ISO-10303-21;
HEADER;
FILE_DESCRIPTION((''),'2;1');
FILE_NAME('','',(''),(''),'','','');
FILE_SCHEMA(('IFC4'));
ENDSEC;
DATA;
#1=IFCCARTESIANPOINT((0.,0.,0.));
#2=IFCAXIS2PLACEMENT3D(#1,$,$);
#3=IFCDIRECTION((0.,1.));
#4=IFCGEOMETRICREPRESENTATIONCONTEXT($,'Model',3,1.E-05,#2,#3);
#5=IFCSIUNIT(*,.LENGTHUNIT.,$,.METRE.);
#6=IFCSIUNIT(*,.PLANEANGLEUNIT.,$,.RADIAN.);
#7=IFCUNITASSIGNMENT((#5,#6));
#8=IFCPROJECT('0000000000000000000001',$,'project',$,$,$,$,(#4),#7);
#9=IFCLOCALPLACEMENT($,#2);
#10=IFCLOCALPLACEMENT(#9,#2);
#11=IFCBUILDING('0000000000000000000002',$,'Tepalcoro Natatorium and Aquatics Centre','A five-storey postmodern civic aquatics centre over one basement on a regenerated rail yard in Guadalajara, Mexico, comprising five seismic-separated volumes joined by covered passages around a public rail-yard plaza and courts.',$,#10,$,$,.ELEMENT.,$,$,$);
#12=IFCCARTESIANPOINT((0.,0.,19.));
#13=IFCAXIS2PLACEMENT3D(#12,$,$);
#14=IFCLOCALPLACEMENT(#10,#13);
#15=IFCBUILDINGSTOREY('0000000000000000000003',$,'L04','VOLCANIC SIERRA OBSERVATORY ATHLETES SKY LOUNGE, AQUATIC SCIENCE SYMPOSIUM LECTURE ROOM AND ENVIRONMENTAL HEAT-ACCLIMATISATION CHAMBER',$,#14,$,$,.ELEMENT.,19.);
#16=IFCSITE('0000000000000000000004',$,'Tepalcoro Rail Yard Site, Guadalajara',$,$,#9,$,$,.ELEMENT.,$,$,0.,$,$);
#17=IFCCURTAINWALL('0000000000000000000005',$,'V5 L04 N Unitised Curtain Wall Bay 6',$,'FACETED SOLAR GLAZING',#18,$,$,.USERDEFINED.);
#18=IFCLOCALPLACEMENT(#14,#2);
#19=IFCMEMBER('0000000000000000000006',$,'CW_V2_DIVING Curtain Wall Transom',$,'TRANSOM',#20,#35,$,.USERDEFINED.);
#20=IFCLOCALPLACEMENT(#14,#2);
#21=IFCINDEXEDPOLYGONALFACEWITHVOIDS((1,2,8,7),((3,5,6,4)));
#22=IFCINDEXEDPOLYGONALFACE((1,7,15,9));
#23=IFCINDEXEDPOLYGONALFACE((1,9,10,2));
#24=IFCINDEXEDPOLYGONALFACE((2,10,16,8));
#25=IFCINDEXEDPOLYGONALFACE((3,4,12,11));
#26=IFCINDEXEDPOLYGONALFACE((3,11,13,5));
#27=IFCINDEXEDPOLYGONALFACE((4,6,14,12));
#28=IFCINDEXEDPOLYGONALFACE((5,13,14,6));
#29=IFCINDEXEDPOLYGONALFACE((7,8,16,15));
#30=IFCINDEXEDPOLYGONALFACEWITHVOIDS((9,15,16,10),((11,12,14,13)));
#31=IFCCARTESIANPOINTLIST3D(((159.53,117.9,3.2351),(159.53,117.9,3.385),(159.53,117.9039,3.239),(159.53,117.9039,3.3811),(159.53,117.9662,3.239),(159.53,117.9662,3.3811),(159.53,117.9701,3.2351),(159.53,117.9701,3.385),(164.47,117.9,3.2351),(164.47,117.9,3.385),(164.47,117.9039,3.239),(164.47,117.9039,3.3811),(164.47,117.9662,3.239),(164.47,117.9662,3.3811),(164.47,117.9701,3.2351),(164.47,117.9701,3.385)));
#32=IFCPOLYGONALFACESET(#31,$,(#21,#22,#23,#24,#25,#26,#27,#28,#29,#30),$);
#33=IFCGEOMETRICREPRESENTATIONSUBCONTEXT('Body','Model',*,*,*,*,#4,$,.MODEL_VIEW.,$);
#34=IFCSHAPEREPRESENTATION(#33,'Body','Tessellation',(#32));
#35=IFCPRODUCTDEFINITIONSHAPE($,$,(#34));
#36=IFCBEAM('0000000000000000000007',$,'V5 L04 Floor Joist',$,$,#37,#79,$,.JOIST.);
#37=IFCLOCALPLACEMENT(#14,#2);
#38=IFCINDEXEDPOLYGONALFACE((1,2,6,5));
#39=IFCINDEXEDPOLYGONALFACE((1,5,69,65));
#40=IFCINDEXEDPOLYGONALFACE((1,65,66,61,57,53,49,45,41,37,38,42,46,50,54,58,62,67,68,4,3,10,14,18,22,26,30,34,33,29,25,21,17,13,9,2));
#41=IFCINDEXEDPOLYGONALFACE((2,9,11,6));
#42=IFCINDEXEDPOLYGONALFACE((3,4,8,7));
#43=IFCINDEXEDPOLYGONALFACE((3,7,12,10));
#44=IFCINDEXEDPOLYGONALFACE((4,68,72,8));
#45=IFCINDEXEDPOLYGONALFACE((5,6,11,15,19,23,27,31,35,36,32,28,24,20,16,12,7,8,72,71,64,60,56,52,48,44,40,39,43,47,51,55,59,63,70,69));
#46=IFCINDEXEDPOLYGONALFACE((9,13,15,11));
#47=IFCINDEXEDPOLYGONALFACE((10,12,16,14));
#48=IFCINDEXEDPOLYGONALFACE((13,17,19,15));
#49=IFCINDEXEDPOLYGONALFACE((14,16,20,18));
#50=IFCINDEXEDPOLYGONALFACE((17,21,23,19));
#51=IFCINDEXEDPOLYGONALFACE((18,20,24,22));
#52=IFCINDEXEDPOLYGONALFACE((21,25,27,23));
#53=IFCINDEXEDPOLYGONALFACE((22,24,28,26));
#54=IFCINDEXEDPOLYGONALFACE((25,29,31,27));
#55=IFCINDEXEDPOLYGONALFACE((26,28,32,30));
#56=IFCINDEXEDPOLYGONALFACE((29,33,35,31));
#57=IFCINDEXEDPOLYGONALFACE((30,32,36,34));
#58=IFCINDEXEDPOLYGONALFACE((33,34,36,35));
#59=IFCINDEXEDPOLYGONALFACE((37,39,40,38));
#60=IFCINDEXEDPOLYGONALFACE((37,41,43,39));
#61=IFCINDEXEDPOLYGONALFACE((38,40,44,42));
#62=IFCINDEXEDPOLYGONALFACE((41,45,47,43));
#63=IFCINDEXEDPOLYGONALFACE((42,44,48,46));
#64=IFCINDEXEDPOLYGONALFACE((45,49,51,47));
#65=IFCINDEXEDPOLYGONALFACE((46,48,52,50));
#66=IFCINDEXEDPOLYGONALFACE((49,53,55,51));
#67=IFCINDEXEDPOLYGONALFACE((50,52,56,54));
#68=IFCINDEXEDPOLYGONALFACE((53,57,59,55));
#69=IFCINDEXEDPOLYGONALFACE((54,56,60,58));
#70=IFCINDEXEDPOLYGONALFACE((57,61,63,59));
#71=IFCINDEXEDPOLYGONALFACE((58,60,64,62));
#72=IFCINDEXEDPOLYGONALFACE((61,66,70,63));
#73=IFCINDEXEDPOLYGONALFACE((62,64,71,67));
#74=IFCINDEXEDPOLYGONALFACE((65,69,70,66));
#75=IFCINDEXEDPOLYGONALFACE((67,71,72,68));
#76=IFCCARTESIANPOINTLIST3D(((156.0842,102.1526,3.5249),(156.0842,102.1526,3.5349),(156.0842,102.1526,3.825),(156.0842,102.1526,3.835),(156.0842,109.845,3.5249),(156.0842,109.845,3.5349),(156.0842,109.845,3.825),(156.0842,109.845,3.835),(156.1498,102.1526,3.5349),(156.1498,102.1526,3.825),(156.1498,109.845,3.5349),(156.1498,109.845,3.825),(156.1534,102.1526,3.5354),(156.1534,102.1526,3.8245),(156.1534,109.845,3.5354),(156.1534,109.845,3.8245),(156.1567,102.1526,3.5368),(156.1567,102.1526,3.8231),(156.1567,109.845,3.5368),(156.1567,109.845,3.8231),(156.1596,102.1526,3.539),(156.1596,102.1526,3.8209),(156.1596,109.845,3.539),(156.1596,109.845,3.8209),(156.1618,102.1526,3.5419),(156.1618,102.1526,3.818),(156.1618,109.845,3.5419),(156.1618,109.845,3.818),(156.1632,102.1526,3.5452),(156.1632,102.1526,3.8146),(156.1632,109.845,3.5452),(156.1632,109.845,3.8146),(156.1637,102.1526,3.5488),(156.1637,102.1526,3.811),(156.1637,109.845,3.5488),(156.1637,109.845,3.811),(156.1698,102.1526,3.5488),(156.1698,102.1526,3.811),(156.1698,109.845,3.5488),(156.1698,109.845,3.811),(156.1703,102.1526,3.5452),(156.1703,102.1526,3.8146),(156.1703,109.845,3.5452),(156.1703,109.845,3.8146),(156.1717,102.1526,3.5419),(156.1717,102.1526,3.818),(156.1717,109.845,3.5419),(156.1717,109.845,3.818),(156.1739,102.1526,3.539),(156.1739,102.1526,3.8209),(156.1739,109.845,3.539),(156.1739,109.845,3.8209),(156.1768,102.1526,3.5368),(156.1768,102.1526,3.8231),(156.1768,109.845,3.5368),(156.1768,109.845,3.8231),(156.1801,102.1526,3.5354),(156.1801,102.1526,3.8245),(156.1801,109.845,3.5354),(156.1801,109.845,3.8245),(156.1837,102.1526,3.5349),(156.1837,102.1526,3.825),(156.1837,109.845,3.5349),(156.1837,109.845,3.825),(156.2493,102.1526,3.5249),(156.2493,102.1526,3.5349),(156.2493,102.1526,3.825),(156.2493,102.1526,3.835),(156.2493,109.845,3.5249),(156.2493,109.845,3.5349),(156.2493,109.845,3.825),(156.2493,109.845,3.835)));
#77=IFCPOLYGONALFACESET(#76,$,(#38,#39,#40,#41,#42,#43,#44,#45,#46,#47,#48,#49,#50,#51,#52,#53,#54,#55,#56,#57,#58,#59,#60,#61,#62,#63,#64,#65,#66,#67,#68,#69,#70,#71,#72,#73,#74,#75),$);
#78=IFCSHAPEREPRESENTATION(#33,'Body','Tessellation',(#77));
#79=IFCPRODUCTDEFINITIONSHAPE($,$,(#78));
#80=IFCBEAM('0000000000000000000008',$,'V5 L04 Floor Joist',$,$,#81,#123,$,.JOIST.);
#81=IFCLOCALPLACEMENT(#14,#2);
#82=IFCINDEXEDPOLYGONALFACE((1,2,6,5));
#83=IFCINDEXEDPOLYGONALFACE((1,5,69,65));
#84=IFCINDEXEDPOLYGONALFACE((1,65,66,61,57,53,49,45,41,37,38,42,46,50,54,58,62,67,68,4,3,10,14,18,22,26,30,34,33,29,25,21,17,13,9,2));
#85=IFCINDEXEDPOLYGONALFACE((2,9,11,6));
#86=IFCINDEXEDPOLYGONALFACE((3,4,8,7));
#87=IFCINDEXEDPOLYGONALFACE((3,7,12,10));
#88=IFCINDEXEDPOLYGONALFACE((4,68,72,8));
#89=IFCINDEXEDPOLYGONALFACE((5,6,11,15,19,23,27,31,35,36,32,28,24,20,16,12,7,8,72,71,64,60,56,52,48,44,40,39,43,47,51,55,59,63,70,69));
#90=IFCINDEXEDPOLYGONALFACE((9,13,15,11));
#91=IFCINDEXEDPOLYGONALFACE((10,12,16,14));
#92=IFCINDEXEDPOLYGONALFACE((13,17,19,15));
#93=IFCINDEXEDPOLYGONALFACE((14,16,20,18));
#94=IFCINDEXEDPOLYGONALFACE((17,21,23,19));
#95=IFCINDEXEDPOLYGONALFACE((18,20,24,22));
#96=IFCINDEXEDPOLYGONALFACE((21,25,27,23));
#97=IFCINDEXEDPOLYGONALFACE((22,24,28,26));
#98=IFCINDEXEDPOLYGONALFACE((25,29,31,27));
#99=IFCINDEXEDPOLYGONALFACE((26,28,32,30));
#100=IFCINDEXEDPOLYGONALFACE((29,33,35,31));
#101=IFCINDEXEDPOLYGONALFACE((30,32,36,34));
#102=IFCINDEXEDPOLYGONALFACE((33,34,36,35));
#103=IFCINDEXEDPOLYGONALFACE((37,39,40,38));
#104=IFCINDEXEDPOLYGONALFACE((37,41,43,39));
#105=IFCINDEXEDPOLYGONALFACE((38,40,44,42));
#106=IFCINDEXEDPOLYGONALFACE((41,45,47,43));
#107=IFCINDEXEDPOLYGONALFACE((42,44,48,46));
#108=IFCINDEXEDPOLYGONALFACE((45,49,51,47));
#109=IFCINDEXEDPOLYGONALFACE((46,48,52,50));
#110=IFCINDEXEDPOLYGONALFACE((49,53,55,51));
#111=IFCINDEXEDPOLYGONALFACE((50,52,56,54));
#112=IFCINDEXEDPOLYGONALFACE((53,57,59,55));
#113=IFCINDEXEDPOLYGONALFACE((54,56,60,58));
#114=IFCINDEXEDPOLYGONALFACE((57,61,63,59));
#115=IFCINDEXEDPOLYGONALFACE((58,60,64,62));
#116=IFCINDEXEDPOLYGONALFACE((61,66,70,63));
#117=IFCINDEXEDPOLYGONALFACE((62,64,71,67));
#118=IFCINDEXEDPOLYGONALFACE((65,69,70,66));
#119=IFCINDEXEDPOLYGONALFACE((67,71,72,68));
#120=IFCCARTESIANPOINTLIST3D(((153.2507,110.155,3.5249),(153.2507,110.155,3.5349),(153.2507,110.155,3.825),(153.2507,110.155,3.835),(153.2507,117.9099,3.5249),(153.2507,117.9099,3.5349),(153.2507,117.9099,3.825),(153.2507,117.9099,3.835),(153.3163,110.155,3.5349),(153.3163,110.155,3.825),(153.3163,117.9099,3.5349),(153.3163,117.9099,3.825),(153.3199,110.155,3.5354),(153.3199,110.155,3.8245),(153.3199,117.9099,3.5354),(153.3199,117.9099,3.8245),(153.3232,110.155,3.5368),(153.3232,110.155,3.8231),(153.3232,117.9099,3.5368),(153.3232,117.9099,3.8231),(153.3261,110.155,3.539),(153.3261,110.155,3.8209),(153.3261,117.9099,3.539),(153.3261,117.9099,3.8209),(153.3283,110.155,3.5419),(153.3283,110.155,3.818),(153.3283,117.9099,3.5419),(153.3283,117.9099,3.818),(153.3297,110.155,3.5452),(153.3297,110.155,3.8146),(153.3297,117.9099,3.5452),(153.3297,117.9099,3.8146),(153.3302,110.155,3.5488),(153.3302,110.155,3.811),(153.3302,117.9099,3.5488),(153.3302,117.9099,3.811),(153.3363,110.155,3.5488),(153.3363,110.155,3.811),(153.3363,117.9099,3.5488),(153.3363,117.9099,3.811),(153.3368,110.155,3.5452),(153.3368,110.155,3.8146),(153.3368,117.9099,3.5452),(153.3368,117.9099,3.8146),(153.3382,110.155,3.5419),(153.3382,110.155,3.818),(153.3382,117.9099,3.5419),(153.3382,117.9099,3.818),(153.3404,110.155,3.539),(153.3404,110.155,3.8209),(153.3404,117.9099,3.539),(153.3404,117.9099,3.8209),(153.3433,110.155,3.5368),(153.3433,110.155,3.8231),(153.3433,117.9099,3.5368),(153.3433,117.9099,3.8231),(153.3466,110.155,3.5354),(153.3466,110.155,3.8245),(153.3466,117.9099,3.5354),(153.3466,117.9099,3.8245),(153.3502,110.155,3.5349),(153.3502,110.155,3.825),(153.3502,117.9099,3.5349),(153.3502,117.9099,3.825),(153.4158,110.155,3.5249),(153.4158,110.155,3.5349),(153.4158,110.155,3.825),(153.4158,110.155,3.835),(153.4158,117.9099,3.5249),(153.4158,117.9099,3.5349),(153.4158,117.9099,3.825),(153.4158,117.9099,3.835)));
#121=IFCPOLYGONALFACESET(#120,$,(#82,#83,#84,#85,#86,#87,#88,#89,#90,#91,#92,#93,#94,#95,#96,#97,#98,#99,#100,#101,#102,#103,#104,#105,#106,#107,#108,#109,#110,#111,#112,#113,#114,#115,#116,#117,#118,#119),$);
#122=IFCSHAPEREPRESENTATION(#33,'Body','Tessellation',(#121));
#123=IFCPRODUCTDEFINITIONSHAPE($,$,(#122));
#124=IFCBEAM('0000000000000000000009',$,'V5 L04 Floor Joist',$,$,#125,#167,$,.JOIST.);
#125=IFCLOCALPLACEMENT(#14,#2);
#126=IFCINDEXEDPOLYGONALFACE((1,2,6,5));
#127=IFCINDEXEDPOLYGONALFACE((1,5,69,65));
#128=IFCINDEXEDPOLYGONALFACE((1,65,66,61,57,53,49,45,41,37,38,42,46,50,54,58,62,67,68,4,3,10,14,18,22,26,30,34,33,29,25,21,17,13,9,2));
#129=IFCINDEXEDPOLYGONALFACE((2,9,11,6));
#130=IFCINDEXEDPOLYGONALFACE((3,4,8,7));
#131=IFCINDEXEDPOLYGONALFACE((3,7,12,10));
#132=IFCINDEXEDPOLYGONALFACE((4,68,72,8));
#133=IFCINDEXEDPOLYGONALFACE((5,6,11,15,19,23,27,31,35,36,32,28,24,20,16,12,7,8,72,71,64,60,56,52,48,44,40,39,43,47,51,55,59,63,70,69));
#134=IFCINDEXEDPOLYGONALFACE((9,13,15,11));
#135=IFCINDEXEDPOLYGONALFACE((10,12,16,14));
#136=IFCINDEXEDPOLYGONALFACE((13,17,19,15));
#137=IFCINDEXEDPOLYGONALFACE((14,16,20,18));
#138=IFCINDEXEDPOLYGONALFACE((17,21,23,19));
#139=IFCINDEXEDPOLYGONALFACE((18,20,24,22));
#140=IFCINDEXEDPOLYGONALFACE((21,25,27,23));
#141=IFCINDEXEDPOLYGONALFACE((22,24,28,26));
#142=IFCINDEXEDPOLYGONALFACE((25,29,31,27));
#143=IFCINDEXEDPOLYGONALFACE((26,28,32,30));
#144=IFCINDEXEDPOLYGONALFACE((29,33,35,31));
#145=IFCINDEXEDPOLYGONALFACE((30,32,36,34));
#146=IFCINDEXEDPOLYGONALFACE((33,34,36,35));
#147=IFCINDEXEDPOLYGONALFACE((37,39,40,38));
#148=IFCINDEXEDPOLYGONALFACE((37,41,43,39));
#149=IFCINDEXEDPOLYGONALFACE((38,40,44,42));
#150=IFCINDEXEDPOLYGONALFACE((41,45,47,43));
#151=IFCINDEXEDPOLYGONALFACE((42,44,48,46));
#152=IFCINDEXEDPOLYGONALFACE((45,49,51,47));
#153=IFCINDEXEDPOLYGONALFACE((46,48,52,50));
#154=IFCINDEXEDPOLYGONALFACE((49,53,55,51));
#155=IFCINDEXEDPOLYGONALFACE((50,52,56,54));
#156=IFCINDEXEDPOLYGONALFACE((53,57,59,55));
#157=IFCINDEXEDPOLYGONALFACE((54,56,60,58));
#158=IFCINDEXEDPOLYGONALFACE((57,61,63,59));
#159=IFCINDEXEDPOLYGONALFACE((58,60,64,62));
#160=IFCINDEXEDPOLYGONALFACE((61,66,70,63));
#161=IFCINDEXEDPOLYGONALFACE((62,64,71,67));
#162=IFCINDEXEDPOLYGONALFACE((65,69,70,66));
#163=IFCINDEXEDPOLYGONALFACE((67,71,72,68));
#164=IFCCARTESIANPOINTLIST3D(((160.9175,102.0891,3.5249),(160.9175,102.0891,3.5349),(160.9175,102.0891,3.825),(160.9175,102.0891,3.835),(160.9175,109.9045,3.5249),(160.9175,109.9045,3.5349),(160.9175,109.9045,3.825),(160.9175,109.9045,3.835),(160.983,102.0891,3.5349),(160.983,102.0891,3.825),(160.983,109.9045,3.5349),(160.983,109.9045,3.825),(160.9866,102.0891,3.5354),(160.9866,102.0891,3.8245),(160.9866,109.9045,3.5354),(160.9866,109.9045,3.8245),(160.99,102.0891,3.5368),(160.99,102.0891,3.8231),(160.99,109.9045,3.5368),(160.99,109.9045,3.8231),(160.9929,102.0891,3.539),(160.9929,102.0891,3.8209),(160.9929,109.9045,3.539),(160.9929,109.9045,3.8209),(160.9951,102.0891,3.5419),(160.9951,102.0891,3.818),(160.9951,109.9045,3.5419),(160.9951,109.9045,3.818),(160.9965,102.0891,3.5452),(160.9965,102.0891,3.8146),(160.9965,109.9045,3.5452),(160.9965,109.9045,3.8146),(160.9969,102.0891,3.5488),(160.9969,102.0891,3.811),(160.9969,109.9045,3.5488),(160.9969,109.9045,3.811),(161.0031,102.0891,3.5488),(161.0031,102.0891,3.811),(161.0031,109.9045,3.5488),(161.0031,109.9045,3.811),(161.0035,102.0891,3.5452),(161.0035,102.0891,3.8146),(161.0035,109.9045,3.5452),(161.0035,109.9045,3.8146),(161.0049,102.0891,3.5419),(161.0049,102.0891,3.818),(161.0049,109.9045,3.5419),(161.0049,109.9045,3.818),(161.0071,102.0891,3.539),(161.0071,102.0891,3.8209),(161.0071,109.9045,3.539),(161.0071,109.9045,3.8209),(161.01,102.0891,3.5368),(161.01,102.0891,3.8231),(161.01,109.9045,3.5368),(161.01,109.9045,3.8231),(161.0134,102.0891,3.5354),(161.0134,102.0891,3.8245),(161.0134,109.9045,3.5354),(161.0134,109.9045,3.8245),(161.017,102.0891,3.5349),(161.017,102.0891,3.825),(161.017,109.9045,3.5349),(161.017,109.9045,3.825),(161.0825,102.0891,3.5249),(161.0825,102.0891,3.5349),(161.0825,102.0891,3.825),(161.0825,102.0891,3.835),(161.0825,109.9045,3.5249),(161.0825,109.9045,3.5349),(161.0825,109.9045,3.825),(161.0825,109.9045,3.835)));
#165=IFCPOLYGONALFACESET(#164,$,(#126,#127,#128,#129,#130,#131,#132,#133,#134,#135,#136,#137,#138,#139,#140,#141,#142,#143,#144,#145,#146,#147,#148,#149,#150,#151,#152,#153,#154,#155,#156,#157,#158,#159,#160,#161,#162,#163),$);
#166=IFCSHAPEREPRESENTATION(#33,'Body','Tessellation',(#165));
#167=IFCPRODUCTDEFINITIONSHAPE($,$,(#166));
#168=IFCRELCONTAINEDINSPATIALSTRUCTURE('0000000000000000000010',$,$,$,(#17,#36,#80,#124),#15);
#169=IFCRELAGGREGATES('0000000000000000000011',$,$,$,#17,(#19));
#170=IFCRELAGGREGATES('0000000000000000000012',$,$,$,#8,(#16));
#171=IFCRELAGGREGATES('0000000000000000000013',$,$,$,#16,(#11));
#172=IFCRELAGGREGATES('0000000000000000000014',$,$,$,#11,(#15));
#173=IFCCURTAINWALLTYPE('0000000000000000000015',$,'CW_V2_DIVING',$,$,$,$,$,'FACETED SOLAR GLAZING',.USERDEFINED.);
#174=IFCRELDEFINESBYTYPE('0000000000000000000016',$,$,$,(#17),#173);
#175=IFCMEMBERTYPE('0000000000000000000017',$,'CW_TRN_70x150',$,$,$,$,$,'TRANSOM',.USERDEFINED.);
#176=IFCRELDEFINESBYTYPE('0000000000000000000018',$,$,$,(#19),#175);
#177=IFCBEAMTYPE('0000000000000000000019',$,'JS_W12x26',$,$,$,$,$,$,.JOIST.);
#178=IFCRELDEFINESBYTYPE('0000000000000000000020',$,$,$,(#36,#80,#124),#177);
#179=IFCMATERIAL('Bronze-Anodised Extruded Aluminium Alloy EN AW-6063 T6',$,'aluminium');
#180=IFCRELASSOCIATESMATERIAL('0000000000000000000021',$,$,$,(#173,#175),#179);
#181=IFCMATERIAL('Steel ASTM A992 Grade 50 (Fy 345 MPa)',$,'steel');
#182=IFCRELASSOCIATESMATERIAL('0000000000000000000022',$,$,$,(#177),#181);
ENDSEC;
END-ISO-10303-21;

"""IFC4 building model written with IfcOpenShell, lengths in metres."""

from ifc_helpers import new_model, si_unit, direction, frame, origin, origin_2d, place, context, subcontext, project, spatial, hollow_rectangle, i_section, extrude, material, material_profile, profile_set, type_object, element, aggregate, save


model = new_model("IFC4")

# Units and contexts
model_context = context("Model", 3, precision=1e-05, world=origin(), true_north=direction((0.0, 1.0)))
body_context = subcontext(model_context, "Body", "Model", "MODEL_VIEW")
ifc_project = project(units=[si_unit("LENGTHUNIT", "METRE"), si_unit("PLANEANGLEUNIT", "RADIAN")], contexts=[model_context])

# Site, building, storey
site_placement = place(None, origin())
site = spatial("IfcSite", under=ifc_project, at=site_placement, Name="Tepalcoro Rail Yard Site, Guadalajara", CompositionType="ELEMENT", RefElevation=0.0)
building_placement = place(site_placement, origin())
building = spatial("IfcBuilding", under=site, at=building_placement, Name="Tepalcoro Natatorium and Aquatics Centre", Description="A five-storey postmodern civic aquatics centre over one basement on a regenerated rail yard in Guadalajara, Mexico, comprising five seismic-separated volumes joined by covered passages around a public rail-yard plaza and courts.", CompositionType="ELEMENT")
storey_placement = place(building_placement, frame((0.0, 0.0, 19.0)))
storey = spatial("IfcBuildingStorey", under=building, at=storey_placement, Name="L04", Description="VOLCANIC SIERRA OBSERVATORY ATHLETES SKY LOUNGE, AQUATIC SCIENCE SYMPOSIUM LECTURE ROOM AND ENVIRONMENTAL HEAT-ACCLIMATISATION CHAMBER", CompositionType="ELEMENT", Elevation=19.0)

# Shared definitions
ifc_material_1 = material(Name="Steel ASTM A992 Grade 50 (Fy 345 MPa)", Category="steel")

# Curtain wall, member
ifc_material_2 = material(Name="Bronze-Anodised Extruded Aluminium Alloy EN AW-6063 T6", Category="aluminium")
curtain_wall_type = type_object("IfcCurtainWallType", Name="CW_V2_DIVING", ElementType="FACETED SOLAR GLAZING", PredefinedType="USERDEFINED", material=ifc_material_2)
curtain_wall_placement = place(storey_placement, origin())
curtain_wall = element("IfcCurtainWall", 1, at=curtain_wall_placement, inside=storey, type_object=curtain_wall_type, Name="V5 L04 N Unitised Curtain Wall Bay 6", ObjectType="FACETED SOLAR GLAZING", PredefinedType="USERDEFINED")
ifc_material_profile_1 = material_profile(ifc_material_2, hollow_rectangle(XDim=0.0701, YDim=0.1499, WallThickness=0.0039, at=origin_2d()), Name="AL70X150X4")
ifc_profile_set_1 = profile_set([ifc_material_profile_1], Name="Bronze-Anodised Extruded Aluminium Alloy EN AW-6063 T6")
member_type_1 = type_object("IfcMemberType", Name="CW_TRN_70x150", ElementType="TRANSOM", PredefinedType="USERDEFINED", material=ifc_profile_set_1)
member_1_placement = place(storey_placement, frame((159.53, 117.9351, 3.3101), z_axis=(1.0, 0.0, 0.0), x_axis=(0.0, 1.0, 0.0)))
member_1 = element("IfcMember", 2, at=member_1_placement, type_object=member_type_1, Name="CW_V2_DIVING Curtain Wall Transom", ObjectType="TRANSOM", PredefinedType="USERDEFINED", context=body_context, shape_type="SweptSolid", body=[
    extrude(hollow_rectangle(XDim=0.0701, YDim=0.1499, WallThickness=0.0039, at=origin_2d()), origin(), (0.0, 0.0, 1.0), 4.9399),
])

# Beams
ifc_material_profile_2 = material_profile(ifc_material_1, i_section(OverallWidth=0.165, OverallDepth=0.3101, WebThickness=0.0061, FlangeThickness=0.01, FilletRadius=0.0139, at=origin_2d()), Name="W12X26")
ifc_profile_set_2 = profile_set([ifc_material_profile_2], Name="Steel ASTM A992 Grade 50 (Fy 345 MPa)")
beam_type_1 = type_object("IfcBeamType", Name="JS_W12x26", PredefinedType="JOIST", material=ifc_profile_set_2)
beam_1_placement = place(storey_placement, frame((156.1667, 102.1526, 3.6799), z_axis=(0.0, 1.0, 0.0), x_axis=(-1.0, 0.0, 0.0)))
element("IfcBeam", 3, at=beam_1_placement, inside=storey, type_object=beam_type_1, Name="V5 L04 Floor Joist", PredefinedType="JOIST", context=body_context, shape_type="SweptSolid", body=[
    extrude(i_section(OverallWidth=0.165, OverallDepth=0.3101, WebThickness=0.0061, FlangeThickness=0.01, FilletRadius=0.0139, at=origin_2d()), origin(), (0.0, 0.0, 1.0), 7.6924),
])
beam_2_placement = place(storey_placement, frame((153.3333, 110.155, 3.6799), z_axis=(0.0, 1.0, 0.0), x_axis=(-1.0, 0.0, 0.0)))
element("IfcBeam", 4, at=beam_2_placement, inside=storey, type_object=beam_type_1, Name="V5 L04 Floor Joist", PredefinedType="JOIST", context=body_context, shape_type="SweptSolid", body=[
    extrude(i_section(OverallWidth=0.165, OverallDepth=0.3101, WebThickness=0.0061, FlangeThickness=0.01, FilletRadius=0.0139, at=origin_2d()), origin(), (0.0, 0.0, 1.0), 7.7549),
])
beam_3_placement = place(storey_placement, frame((161.0, 102.0891, 3.6799), z_axis=(0.0, 1.0, 0.0), x_axis=(-1.0, 0.0, 0.0)))
element("IfcBeam", 5, at=beam_3_placement, inside=storey, type_object=beam_type_1, Name="V5 L04 Floor Joist", PredefinedType="JOIST", context=body_context, shape_type="SweptSolid", body=[
    extrude(i_section(OverallWidth=0.165, OverallDepth=0.3101, WebThickness=0.0061, FlangeThickness=0.01, FilletRadius=0.0139, at=origin_2d()), origin(), (0.0, 0.0, 1.0), 7.8154),
])

aggregate(curtain_wall, [member_1])

save(model, "model.ifc")
